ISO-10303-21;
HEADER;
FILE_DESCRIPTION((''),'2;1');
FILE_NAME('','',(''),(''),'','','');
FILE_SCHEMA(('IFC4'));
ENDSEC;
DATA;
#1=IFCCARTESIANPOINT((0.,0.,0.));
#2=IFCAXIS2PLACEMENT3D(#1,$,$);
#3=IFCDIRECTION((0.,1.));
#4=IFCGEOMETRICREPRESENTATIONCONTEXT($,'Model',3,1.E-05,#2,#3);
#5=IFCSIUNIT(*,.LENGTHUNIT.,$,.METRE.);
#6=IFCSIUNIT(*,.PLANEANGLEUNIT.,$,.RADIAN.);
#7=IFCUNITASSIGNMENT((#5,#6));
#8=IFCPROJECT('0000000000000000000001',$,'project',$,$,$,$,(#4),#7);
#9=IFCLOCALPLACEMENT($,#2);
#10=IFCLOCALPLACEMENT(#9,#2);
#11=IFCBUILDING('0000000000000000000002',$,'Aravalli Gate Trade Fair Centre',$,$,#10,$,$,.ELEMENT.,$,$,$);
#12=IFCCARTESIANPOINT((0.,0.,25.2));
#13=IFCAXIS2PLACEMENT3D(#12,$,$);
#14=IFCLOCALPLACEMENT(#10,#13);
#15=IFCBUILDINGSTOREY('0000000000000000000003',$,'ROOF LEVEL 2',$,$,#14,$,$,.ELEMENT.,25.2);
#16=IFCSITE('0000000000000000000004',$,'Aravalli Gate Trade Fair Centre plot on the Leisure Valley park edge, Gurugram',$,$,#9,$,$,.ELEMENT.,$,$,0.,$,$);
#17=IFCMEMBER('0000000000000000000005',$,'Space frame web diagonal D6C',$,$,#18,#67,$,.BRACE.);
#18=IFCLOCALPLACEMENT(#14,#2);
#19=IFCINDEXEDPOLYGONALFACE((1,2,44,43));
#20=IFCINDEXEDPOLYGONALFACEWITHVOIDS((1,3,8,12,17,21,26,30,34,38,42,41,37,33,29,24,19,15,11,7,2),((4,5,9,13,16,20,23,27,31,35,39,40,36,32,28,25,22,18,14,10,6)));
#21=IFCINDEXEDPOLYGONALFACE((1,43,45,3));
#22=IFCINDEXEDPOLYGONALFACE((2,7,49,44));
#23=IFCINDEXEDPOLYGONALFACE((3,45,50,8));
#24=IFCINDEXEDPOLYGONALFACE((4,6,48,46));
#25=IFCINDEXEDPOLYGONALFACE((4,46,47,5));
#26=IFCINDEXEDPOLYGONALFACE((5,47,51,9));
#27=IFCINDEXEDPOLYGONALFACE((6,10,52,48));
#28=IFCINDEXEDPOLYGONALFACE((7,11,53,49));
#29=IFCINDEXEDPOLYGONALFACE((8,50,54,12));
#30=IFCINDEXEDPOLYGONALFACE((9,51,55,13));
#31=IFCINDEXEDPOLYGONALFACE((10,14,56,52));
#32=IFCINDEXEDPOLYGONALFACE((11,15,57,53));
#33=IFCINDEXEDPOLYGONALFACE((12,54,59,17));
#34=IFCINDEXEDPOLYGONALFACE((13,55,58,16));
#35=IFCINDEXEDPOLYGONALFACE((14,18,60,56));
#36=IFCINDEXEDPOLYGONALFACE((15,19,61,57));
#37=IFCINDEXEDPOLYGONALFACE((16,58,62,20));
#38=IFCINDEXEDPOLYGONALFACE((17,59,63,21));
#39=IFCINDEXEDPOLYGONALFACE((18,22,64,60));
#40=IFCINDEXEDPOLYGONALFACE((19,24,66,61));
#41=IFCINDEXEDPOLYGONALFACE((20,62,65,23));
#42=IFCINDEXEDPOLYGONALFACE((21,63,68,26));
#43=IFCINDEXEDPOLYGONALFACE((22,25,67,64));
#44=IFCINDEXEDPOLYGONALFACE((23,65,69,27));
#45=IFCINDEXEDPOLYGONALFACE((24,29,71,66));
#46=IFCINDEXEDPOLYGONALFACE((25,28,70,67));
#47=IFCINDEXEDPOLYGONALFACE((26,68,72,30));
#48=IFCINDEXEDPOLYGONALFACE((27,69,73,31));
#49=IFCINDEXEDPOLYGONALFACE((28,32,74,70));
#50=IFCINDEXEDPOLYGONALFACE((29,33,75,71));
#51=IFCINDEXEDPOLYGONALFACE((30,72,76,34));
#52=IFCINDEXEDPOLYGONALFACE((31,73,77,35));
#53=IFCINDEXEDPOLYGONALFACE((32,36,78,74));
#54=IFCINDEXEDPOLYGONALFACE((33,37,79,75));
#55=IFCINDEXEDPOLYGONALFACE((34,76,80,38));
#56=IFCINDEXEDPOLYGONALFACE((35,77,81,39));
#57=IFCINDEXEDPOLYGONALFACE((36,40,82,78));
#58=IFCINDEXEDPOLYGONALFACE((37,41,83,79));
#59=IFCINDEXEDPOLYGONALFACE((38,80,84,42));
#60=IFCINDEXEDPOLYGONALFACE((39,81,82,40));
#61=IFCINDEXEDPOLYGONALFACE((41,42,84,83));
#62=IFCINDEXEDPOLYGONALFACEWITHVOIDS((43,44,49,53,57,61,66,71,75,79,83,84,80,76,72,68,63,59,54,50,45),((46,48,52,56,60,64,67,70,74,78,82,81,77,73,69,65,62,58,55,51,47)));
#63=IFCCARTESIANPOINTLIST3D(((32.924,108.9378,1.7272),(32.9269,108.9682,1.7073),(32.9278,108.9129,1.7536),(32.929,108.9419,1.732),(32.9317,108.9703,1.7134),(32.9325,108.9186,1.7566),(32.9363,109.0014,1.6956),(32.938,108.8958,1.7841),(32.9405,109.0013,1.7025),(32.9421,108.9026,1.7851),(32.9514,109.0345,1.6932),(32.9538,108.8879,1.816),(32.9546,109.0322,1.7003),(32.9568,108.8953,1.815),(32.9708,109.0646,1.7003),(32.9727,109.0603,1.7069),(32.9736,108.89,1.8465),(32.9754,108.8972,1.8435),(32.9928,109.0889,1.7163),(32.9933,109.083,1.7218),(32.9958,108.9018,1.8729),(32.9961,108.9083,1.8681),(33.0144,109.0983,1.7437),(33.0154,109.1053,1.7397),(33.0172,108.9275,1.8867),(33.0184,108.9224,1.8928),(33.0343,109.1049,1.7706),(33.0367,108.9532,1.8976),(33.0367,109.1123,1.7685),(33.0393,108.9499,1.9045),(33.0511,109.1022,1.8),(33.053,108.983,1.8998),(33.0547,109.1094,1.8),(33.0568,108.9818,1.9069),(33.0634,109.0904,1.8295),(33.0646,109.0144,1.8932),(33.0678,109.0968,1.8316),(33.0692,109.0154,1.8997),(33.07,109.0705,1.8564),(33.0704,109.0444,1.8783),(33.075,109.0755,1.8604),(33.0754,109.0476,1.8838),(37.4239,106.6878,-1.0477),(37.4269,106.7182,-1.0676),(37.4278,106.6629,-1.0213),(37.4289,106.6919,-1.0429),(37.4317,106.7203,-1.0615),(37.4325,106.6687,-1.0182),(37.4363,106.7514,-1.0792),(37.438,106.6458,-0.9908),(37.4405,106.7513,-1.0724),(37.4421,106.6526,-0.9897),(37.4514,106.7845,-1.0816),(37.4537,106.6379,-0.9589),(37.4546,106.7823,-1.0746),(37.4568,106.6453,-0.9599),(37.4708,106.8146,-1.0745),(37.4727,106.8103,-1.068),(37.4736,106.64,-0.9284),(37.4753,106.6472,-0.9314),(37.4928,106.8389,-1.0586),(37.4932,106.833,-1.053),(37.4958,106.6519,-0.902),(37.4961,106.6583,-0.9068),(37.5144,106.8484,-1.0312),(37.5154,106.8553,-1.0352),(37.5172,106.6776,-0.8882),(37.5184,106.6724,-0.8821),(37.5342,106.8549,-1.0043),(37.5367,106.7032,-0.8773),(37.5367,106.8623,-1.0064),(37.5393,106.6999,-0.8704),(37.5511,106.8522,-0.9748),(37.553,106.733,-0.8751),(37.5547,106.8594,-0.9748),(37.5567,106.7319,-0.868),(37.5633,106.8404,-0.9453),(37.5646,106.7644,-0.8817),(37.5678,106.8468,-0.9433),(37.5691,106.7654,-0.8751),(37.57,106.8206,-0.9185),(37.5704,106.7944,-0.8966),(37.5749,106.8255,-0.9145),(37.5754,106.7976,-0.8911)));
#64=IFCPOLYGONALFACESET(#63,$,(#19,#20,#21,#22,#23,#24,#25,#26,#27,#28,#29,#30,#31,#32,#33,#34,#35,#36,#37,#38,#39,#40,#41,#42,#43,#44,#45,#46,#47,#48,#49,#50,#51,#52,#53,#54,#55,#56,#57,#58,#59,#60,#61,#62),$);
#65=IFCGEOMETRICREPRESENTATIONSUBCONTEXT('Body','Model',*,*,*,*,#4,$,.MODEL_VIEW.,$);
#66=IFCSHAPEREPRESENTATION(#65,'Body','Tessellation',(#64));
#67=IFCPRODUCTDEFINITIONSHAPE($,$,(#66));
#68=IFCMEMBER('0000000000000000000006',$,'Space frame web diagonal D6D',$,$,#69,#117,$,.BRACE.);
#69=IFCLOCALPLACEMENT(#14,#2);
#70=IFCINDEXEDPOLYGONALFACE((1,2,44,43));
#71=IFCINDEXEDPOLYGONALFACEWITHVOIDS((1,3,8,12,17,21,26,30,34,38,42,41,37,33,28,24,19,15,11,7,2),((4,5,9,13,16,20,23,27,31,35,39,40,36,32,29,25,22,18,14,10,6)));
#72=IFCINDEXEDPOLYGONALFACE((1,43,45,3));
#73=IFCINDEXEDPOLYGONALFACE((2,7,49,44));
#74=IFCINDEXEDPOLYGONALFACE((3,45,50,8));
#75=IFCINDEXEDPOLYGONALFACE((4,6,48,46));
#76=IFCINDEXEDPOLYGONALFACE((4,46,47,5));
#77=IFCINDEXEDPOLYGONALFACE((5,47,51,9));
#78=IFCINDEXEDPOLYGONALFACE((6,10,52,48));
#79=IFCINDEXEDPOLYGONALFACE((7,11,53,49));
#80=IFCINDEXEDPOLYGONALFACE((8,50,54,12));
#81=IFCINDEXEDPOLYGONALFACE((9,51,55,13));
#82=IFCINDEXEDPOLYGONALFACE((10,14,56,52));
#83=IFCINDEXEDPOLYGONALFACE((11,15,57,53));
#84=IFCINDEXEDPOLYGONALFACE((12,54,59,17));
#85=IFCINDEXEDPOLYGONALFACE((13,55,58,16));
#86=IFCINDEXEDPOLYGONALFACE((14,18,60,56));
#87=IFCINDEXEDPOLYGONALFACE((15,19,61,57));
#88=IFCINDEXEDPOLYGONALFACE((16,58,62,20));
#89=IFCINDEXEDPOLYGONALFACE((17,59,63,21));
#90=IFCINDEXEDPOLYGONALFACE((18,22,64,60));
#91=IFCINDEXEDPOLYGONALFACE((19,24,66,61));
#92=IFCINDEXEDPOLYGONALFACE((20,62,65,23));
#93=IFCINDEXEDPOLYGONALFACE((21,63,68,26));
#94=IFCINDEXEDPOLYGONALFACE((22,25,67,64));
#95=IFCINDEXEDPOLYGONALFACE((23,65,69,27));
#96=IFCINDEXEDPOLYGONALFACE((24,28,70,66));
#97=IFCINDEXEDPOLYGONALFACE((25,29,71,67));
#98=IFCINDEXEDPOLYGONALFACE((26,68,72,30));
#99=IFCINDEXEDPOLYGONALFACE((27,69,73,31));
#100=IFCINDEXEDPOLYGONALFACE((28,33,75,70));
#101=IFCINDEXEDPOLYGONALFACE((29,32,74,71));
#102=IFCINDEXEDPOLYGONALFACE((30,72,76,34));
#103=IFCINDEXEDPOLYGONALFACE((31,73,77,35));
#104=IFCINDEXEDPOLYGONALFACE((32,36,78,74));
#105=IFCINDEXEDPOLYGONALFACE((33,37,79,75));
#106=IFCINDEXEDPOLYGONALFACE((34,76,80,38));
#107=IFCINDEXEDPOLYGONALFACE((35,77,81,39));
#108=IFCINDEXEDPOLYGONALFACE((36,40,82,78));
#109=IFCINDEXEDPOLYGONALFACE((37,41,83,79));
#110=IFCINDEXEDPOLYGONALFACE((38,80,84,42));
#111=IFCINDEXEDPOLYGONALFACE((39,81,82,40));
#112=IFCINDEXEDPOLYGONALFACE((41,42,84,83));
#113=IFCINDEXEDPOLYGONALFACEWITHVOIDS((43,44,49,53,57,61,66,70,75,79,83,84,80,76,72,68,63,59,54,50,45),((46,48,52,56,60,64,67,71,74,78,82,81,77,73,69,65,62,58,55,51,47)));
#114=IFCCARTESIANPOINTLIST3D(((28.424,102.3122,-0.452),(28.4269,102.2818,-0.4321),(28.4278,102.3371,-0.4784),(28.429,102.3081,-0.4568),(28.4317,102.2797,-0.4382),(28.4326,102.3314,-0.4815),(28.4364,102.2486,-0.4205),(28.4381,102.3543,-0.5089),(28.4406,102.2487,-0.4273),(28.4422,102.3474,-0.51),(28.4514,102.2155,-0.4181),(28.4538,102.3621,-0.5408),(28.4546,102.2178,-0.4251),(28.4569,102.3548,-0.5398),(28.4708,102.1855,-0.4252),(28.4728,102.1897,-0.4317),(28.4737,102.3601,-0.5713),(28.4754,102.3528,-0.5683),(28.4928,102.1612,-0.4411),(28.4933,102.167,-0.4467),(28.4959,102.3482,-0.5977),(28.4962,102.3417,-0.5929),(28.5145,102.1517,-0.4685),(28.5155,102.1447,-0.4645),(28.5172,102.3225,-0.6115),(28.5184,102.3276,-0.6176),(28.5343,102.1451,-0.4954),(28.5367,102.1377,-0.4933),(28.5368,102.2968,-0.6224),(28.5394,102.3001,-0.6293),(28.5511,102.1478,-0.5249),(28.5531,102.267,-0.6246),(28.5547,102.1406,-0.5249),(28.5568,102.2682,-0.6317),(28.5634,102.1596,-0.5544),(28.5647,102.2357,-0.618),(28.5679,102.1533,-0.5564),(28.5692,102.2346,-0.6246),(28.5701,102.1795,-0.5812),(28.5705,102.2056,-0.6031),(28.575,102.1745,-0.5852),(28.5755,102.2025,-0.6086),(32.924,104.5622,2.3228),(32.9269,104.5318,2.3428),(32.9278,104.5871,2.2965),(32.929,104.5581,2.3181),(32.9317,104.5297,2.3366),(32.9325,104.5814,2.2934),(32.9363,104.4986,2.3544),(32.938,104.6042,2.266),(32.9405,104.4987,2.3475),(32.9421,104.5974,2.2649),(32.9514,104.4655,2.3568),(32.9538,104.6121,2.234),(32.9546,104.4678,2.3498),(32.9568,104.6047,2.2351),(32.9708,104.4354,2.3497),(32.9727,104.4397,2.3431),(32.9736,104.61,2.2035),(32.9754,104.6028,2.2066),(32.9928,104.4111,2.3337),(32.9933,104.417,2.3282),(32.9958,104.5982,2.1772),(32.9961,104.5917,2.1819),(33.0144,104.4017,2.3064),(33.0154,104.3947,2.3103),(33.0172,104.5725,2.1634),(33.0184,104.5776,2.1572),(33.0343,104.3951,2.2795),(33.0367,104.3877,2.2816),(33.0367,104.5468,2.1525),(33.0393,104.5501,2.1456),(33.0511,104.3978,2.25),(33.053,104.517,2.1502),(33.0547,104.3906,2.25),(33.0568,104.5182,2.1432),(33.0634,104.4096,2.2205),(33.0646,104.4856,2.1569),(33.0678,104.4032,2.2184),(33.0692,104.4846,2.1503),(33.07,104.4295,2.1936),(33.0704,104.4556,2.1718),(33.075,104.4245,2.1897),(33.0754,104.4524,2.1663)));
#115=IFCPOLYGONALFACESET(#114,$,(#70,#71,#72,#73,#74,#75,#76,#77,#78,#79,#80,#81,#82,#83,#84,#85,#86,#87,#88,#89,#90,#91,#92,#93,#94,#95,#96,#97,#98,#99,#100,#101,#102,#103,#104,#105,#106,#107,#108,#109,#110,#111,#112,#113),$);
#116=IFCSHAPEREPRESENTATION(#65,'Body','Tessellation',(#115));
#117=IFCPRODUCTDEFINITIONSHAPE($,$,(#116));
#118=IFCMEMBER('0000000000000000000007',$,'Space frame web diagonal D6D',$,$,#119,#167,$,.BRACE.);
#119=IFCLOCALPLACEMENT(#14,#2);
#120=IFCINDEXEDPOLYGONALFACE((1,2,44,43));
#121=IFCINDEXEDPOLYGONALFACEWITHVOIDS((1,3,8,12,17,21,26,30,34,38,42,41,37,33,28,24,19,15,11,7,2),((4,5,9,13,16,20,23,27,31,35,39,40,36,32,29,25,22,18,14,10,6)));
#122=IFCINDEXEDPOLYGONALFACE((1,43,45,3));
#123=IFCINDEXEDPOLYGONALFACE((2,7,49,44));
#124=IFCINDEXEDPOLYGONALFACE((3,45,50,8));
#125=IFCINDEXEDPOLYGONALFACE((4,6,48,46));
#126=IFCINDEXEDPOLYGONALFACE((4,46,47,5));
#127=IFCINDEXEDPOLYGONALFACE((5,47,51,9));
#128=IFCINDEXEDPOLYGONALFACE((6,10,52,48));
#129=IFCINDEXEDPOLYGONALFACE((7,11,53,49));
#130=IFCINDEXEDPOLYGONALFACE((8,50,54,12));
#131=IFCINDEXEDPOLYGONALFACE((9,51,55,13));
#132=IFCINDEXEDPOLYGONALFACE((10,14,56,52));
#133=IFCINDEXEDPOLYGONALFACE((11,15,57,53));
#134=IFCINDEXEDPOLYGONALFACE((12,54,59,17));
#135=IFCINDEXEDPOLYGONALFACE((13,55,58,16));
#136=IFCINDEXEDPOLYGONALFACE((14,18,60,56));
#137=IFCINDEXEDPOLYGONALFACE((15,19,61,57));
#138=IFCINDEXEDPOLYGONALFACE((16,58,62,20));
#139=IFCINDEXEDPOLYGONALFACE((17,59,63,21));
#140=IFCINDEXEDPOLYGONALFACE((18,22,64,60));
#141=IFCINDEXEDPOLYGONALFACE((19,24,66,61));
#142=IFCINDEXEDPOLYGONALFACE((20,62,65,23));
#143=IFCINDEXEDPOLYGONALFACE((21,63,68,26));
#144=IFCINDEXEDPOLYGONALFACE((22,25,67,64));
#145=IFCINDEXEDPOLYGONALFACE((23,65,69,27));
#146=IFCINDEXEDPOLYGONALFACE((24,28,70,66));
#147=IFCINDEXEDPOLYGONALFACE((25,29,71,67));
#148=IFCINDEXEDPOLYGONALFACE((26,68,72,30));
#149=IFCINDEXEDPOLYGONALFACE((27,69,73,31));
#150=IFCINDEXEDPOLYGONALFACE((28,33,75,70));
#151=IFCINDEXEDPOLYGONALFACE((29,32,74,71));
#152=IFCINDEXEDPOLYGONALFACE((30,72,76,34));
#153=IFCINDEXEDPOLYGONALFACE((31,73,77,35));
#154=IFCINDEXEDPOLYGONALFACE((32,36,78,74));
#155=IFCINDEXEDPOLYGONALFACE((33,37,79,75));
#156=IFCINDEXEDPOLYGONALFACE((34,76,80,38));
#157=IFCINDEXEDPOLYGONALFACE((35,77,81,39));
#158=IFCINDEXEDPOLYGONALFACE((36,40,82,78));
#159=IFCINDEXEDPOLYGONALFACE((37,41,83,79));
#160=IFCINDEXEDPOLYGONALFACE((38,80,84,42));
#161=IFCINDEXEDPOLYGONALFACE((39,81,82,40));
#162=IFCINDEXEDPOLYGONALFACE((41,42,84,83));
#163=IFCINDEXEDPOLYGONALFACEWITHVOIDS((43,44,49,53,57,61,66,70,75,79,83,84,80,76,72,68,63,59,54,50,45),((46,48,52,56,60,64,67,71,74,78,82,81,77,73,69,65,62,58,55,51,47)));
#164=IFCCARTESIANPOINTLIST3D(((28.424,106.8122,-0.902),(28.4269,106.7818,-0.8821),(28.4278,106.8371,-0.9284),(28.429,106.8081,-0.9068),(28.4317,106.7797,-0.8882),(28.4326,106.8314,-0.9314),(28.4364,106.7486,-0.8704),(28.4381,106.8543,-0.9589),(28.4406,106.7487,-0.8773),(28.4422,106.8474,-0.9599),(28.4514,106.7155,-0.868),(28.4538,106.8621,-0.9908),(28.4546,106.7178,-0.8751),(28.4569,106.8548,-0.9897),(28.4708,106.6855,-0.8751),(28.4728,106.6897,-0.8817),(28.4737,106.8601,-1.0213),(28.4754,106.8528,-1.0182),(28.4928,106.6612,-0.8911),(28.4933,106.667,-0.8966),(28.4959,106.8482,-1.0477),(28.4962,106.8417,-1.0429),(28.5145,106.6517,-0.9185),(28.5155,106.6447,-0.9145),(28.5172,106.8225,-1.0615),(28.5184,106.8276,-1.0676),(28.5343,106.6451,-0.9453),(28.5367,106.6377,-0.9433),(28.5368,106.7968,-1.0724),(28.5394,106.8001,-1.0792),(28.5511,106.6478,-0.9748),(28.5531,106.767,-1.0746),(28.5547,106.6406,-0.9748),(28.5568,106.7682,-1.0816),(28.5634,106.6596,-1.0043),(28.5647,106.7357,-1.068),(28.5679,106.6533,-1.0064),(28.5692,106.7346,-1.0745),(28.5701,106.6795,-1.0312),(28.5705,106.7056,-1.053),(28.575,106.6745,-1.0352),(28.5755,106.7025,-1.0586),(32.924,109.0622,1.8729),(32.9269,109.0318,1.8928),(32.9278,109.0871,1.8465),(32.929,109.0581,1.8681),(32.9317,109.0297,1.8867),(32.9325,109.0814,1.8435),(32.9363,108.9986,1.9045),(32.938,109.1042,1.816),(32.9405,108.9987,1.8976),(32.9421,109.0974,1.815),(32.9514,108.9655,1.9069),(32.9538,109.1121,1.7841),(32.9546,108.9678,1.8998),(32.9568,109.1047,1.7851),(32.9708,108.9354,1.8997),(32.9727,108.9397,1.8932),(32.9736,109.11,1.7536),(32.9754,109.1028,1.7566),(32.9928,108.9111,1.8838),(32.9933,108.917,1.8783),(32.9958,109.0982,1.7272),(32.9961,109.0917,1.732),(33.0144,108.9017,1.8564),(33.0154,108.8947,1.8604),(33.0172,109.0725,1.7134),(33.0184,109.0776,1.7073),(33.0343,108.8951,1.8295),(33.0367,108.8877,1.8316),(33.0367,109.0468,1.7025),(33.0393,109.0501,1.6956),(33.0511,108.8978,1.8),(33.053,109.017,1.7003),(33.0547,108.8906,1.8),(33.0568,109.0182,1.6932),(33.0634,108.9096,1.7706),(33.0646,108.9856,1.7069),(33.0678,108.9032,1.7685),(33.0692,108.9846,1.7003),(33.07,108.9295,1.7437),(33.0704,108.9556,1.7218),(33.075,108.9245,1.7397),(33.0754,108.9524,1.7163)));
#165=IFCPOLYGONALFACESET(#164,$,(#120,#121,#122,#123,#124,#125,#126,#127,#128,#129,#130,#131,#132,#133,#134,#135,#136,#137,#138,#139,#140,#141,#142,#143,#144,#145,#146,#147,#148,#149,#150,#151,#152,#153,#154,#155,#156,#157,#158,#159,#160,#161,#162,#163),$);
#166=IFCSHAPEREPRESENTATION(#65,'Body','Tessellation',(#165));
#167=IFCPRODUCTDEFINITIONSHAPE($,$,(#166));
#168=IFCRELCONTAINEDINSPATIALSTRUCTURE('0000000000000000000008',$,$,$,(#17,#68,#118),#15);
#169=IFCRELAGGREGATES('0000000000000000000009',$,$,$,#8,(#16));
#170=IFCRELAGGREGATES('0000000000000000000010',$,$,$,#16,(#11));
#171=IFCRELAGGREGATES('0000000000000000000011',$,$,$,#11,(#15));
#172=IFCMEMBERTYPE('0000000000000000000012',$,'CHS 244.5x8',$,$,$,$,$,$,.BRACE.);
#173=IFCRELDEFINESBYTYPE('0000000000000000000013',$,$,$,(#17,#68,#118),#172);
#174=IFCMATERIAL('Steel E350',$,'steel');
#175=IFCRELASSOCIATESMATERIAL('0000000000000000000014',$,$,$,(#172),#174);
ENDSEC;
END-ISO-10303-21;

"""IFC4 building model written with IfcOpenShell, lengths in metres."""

from ifc_helpers import new_model, si_unit, direction, frame, origin, origin_2d, place, context, subcontext, project, spatial, hollow_circle, extrude, material, material_profile, profile_set, type_object, element, save


model = new_model("IFC4")

# Units and contexts
model_context = context("Model", 3, precision=1e-05, world=origin(), true_north=direction((0.0, 1.0)))
body_context = subcontext(model_context, "Body", "Model", "MODEL_VIEW")
ifc_project = project(units=[si_unit("LENGTHUNIT", "METRE"), si_unit("PLANEANGLEUNIT", "RADIAN")], contexts=[model_context])

# Site, building, storey
site_placement = place(None, origin())
site = spatial("IfcSite", under=ifc_project, at=site_placement, Name="Aravalli Gate Trade Fair Centre plot on the Leisure Valley park edge, Gurugram", CompositionType="ELEMENT", RefElevation=0.0)
building_placement = place(site_placement, origin())
building = spatial("IfcBuilding", under=site, at=building_placement, Name="Aravalli Gate Trade Fair Centre", CompositionType="ELEMENT")
storey_placement = place(building_placement, frame((0.0, 0.0, 25.2)))
storey = spatial("IfcBuildingStorey", under=building, at=storey_placement, Name="ROOF LEVEL 2", CompositionType="ELEMENT", Elevation=25.2)

# Members
ifc_material_1 = material(Name="Steel E350", Category="steel")
ifc_material_profile_1 = material_profile(ifc_material_1, hollow_circle(Radius=0.1223, WallThickness=0.0081, at=origin_2d()), Name="CHS 244.5x8")
ifc_profile_set_1 = profile_set([ifc_material_profile_1], Name="Steel E350")
member_type_1 = type_object("IfcMemberType", Name="CHS 244.5x8", PredefinedType="BRACE", material=ifc_profile_set_1)
for number, where, z_axis, x_axis, name in (
    (1, (33.0, 109.0, 1.8), (0.7832, -0.3916, -0.482956), (0.447214, 0.894427, 0.0), "Space frame web diagonal D6C"),
    (2, (33.0, 104.5, 2.25), (-0.7832, -0.3916, -0.482956), (0.447214, -0.894427, 0.0), "Space frame web diagonal D6D"),
    (3, (33.0, 109.0, 1.8), (-0.7832, -0.3916, -0.482956), (0.447214, -0.894427, 0.0), "Space frame web diagonal D6D"),
):
    element("IfcMember", number, at=place(storey_placement, frame(where, z_axis=z_axis, x_axis=x_axis)), inside=storey, type_object=member_type_1, Name=name, PredefinedType="BRACE", context=body_context, shape_type="SweptSolid", body=[
        extrude(hollow_circle(Radius=0.1223, WallThickness=0.0081, at=origin_2d()), origin(), (0.0, 0.0, 1.0), 5.7456),
    ])

save(model, "model.ifc")
